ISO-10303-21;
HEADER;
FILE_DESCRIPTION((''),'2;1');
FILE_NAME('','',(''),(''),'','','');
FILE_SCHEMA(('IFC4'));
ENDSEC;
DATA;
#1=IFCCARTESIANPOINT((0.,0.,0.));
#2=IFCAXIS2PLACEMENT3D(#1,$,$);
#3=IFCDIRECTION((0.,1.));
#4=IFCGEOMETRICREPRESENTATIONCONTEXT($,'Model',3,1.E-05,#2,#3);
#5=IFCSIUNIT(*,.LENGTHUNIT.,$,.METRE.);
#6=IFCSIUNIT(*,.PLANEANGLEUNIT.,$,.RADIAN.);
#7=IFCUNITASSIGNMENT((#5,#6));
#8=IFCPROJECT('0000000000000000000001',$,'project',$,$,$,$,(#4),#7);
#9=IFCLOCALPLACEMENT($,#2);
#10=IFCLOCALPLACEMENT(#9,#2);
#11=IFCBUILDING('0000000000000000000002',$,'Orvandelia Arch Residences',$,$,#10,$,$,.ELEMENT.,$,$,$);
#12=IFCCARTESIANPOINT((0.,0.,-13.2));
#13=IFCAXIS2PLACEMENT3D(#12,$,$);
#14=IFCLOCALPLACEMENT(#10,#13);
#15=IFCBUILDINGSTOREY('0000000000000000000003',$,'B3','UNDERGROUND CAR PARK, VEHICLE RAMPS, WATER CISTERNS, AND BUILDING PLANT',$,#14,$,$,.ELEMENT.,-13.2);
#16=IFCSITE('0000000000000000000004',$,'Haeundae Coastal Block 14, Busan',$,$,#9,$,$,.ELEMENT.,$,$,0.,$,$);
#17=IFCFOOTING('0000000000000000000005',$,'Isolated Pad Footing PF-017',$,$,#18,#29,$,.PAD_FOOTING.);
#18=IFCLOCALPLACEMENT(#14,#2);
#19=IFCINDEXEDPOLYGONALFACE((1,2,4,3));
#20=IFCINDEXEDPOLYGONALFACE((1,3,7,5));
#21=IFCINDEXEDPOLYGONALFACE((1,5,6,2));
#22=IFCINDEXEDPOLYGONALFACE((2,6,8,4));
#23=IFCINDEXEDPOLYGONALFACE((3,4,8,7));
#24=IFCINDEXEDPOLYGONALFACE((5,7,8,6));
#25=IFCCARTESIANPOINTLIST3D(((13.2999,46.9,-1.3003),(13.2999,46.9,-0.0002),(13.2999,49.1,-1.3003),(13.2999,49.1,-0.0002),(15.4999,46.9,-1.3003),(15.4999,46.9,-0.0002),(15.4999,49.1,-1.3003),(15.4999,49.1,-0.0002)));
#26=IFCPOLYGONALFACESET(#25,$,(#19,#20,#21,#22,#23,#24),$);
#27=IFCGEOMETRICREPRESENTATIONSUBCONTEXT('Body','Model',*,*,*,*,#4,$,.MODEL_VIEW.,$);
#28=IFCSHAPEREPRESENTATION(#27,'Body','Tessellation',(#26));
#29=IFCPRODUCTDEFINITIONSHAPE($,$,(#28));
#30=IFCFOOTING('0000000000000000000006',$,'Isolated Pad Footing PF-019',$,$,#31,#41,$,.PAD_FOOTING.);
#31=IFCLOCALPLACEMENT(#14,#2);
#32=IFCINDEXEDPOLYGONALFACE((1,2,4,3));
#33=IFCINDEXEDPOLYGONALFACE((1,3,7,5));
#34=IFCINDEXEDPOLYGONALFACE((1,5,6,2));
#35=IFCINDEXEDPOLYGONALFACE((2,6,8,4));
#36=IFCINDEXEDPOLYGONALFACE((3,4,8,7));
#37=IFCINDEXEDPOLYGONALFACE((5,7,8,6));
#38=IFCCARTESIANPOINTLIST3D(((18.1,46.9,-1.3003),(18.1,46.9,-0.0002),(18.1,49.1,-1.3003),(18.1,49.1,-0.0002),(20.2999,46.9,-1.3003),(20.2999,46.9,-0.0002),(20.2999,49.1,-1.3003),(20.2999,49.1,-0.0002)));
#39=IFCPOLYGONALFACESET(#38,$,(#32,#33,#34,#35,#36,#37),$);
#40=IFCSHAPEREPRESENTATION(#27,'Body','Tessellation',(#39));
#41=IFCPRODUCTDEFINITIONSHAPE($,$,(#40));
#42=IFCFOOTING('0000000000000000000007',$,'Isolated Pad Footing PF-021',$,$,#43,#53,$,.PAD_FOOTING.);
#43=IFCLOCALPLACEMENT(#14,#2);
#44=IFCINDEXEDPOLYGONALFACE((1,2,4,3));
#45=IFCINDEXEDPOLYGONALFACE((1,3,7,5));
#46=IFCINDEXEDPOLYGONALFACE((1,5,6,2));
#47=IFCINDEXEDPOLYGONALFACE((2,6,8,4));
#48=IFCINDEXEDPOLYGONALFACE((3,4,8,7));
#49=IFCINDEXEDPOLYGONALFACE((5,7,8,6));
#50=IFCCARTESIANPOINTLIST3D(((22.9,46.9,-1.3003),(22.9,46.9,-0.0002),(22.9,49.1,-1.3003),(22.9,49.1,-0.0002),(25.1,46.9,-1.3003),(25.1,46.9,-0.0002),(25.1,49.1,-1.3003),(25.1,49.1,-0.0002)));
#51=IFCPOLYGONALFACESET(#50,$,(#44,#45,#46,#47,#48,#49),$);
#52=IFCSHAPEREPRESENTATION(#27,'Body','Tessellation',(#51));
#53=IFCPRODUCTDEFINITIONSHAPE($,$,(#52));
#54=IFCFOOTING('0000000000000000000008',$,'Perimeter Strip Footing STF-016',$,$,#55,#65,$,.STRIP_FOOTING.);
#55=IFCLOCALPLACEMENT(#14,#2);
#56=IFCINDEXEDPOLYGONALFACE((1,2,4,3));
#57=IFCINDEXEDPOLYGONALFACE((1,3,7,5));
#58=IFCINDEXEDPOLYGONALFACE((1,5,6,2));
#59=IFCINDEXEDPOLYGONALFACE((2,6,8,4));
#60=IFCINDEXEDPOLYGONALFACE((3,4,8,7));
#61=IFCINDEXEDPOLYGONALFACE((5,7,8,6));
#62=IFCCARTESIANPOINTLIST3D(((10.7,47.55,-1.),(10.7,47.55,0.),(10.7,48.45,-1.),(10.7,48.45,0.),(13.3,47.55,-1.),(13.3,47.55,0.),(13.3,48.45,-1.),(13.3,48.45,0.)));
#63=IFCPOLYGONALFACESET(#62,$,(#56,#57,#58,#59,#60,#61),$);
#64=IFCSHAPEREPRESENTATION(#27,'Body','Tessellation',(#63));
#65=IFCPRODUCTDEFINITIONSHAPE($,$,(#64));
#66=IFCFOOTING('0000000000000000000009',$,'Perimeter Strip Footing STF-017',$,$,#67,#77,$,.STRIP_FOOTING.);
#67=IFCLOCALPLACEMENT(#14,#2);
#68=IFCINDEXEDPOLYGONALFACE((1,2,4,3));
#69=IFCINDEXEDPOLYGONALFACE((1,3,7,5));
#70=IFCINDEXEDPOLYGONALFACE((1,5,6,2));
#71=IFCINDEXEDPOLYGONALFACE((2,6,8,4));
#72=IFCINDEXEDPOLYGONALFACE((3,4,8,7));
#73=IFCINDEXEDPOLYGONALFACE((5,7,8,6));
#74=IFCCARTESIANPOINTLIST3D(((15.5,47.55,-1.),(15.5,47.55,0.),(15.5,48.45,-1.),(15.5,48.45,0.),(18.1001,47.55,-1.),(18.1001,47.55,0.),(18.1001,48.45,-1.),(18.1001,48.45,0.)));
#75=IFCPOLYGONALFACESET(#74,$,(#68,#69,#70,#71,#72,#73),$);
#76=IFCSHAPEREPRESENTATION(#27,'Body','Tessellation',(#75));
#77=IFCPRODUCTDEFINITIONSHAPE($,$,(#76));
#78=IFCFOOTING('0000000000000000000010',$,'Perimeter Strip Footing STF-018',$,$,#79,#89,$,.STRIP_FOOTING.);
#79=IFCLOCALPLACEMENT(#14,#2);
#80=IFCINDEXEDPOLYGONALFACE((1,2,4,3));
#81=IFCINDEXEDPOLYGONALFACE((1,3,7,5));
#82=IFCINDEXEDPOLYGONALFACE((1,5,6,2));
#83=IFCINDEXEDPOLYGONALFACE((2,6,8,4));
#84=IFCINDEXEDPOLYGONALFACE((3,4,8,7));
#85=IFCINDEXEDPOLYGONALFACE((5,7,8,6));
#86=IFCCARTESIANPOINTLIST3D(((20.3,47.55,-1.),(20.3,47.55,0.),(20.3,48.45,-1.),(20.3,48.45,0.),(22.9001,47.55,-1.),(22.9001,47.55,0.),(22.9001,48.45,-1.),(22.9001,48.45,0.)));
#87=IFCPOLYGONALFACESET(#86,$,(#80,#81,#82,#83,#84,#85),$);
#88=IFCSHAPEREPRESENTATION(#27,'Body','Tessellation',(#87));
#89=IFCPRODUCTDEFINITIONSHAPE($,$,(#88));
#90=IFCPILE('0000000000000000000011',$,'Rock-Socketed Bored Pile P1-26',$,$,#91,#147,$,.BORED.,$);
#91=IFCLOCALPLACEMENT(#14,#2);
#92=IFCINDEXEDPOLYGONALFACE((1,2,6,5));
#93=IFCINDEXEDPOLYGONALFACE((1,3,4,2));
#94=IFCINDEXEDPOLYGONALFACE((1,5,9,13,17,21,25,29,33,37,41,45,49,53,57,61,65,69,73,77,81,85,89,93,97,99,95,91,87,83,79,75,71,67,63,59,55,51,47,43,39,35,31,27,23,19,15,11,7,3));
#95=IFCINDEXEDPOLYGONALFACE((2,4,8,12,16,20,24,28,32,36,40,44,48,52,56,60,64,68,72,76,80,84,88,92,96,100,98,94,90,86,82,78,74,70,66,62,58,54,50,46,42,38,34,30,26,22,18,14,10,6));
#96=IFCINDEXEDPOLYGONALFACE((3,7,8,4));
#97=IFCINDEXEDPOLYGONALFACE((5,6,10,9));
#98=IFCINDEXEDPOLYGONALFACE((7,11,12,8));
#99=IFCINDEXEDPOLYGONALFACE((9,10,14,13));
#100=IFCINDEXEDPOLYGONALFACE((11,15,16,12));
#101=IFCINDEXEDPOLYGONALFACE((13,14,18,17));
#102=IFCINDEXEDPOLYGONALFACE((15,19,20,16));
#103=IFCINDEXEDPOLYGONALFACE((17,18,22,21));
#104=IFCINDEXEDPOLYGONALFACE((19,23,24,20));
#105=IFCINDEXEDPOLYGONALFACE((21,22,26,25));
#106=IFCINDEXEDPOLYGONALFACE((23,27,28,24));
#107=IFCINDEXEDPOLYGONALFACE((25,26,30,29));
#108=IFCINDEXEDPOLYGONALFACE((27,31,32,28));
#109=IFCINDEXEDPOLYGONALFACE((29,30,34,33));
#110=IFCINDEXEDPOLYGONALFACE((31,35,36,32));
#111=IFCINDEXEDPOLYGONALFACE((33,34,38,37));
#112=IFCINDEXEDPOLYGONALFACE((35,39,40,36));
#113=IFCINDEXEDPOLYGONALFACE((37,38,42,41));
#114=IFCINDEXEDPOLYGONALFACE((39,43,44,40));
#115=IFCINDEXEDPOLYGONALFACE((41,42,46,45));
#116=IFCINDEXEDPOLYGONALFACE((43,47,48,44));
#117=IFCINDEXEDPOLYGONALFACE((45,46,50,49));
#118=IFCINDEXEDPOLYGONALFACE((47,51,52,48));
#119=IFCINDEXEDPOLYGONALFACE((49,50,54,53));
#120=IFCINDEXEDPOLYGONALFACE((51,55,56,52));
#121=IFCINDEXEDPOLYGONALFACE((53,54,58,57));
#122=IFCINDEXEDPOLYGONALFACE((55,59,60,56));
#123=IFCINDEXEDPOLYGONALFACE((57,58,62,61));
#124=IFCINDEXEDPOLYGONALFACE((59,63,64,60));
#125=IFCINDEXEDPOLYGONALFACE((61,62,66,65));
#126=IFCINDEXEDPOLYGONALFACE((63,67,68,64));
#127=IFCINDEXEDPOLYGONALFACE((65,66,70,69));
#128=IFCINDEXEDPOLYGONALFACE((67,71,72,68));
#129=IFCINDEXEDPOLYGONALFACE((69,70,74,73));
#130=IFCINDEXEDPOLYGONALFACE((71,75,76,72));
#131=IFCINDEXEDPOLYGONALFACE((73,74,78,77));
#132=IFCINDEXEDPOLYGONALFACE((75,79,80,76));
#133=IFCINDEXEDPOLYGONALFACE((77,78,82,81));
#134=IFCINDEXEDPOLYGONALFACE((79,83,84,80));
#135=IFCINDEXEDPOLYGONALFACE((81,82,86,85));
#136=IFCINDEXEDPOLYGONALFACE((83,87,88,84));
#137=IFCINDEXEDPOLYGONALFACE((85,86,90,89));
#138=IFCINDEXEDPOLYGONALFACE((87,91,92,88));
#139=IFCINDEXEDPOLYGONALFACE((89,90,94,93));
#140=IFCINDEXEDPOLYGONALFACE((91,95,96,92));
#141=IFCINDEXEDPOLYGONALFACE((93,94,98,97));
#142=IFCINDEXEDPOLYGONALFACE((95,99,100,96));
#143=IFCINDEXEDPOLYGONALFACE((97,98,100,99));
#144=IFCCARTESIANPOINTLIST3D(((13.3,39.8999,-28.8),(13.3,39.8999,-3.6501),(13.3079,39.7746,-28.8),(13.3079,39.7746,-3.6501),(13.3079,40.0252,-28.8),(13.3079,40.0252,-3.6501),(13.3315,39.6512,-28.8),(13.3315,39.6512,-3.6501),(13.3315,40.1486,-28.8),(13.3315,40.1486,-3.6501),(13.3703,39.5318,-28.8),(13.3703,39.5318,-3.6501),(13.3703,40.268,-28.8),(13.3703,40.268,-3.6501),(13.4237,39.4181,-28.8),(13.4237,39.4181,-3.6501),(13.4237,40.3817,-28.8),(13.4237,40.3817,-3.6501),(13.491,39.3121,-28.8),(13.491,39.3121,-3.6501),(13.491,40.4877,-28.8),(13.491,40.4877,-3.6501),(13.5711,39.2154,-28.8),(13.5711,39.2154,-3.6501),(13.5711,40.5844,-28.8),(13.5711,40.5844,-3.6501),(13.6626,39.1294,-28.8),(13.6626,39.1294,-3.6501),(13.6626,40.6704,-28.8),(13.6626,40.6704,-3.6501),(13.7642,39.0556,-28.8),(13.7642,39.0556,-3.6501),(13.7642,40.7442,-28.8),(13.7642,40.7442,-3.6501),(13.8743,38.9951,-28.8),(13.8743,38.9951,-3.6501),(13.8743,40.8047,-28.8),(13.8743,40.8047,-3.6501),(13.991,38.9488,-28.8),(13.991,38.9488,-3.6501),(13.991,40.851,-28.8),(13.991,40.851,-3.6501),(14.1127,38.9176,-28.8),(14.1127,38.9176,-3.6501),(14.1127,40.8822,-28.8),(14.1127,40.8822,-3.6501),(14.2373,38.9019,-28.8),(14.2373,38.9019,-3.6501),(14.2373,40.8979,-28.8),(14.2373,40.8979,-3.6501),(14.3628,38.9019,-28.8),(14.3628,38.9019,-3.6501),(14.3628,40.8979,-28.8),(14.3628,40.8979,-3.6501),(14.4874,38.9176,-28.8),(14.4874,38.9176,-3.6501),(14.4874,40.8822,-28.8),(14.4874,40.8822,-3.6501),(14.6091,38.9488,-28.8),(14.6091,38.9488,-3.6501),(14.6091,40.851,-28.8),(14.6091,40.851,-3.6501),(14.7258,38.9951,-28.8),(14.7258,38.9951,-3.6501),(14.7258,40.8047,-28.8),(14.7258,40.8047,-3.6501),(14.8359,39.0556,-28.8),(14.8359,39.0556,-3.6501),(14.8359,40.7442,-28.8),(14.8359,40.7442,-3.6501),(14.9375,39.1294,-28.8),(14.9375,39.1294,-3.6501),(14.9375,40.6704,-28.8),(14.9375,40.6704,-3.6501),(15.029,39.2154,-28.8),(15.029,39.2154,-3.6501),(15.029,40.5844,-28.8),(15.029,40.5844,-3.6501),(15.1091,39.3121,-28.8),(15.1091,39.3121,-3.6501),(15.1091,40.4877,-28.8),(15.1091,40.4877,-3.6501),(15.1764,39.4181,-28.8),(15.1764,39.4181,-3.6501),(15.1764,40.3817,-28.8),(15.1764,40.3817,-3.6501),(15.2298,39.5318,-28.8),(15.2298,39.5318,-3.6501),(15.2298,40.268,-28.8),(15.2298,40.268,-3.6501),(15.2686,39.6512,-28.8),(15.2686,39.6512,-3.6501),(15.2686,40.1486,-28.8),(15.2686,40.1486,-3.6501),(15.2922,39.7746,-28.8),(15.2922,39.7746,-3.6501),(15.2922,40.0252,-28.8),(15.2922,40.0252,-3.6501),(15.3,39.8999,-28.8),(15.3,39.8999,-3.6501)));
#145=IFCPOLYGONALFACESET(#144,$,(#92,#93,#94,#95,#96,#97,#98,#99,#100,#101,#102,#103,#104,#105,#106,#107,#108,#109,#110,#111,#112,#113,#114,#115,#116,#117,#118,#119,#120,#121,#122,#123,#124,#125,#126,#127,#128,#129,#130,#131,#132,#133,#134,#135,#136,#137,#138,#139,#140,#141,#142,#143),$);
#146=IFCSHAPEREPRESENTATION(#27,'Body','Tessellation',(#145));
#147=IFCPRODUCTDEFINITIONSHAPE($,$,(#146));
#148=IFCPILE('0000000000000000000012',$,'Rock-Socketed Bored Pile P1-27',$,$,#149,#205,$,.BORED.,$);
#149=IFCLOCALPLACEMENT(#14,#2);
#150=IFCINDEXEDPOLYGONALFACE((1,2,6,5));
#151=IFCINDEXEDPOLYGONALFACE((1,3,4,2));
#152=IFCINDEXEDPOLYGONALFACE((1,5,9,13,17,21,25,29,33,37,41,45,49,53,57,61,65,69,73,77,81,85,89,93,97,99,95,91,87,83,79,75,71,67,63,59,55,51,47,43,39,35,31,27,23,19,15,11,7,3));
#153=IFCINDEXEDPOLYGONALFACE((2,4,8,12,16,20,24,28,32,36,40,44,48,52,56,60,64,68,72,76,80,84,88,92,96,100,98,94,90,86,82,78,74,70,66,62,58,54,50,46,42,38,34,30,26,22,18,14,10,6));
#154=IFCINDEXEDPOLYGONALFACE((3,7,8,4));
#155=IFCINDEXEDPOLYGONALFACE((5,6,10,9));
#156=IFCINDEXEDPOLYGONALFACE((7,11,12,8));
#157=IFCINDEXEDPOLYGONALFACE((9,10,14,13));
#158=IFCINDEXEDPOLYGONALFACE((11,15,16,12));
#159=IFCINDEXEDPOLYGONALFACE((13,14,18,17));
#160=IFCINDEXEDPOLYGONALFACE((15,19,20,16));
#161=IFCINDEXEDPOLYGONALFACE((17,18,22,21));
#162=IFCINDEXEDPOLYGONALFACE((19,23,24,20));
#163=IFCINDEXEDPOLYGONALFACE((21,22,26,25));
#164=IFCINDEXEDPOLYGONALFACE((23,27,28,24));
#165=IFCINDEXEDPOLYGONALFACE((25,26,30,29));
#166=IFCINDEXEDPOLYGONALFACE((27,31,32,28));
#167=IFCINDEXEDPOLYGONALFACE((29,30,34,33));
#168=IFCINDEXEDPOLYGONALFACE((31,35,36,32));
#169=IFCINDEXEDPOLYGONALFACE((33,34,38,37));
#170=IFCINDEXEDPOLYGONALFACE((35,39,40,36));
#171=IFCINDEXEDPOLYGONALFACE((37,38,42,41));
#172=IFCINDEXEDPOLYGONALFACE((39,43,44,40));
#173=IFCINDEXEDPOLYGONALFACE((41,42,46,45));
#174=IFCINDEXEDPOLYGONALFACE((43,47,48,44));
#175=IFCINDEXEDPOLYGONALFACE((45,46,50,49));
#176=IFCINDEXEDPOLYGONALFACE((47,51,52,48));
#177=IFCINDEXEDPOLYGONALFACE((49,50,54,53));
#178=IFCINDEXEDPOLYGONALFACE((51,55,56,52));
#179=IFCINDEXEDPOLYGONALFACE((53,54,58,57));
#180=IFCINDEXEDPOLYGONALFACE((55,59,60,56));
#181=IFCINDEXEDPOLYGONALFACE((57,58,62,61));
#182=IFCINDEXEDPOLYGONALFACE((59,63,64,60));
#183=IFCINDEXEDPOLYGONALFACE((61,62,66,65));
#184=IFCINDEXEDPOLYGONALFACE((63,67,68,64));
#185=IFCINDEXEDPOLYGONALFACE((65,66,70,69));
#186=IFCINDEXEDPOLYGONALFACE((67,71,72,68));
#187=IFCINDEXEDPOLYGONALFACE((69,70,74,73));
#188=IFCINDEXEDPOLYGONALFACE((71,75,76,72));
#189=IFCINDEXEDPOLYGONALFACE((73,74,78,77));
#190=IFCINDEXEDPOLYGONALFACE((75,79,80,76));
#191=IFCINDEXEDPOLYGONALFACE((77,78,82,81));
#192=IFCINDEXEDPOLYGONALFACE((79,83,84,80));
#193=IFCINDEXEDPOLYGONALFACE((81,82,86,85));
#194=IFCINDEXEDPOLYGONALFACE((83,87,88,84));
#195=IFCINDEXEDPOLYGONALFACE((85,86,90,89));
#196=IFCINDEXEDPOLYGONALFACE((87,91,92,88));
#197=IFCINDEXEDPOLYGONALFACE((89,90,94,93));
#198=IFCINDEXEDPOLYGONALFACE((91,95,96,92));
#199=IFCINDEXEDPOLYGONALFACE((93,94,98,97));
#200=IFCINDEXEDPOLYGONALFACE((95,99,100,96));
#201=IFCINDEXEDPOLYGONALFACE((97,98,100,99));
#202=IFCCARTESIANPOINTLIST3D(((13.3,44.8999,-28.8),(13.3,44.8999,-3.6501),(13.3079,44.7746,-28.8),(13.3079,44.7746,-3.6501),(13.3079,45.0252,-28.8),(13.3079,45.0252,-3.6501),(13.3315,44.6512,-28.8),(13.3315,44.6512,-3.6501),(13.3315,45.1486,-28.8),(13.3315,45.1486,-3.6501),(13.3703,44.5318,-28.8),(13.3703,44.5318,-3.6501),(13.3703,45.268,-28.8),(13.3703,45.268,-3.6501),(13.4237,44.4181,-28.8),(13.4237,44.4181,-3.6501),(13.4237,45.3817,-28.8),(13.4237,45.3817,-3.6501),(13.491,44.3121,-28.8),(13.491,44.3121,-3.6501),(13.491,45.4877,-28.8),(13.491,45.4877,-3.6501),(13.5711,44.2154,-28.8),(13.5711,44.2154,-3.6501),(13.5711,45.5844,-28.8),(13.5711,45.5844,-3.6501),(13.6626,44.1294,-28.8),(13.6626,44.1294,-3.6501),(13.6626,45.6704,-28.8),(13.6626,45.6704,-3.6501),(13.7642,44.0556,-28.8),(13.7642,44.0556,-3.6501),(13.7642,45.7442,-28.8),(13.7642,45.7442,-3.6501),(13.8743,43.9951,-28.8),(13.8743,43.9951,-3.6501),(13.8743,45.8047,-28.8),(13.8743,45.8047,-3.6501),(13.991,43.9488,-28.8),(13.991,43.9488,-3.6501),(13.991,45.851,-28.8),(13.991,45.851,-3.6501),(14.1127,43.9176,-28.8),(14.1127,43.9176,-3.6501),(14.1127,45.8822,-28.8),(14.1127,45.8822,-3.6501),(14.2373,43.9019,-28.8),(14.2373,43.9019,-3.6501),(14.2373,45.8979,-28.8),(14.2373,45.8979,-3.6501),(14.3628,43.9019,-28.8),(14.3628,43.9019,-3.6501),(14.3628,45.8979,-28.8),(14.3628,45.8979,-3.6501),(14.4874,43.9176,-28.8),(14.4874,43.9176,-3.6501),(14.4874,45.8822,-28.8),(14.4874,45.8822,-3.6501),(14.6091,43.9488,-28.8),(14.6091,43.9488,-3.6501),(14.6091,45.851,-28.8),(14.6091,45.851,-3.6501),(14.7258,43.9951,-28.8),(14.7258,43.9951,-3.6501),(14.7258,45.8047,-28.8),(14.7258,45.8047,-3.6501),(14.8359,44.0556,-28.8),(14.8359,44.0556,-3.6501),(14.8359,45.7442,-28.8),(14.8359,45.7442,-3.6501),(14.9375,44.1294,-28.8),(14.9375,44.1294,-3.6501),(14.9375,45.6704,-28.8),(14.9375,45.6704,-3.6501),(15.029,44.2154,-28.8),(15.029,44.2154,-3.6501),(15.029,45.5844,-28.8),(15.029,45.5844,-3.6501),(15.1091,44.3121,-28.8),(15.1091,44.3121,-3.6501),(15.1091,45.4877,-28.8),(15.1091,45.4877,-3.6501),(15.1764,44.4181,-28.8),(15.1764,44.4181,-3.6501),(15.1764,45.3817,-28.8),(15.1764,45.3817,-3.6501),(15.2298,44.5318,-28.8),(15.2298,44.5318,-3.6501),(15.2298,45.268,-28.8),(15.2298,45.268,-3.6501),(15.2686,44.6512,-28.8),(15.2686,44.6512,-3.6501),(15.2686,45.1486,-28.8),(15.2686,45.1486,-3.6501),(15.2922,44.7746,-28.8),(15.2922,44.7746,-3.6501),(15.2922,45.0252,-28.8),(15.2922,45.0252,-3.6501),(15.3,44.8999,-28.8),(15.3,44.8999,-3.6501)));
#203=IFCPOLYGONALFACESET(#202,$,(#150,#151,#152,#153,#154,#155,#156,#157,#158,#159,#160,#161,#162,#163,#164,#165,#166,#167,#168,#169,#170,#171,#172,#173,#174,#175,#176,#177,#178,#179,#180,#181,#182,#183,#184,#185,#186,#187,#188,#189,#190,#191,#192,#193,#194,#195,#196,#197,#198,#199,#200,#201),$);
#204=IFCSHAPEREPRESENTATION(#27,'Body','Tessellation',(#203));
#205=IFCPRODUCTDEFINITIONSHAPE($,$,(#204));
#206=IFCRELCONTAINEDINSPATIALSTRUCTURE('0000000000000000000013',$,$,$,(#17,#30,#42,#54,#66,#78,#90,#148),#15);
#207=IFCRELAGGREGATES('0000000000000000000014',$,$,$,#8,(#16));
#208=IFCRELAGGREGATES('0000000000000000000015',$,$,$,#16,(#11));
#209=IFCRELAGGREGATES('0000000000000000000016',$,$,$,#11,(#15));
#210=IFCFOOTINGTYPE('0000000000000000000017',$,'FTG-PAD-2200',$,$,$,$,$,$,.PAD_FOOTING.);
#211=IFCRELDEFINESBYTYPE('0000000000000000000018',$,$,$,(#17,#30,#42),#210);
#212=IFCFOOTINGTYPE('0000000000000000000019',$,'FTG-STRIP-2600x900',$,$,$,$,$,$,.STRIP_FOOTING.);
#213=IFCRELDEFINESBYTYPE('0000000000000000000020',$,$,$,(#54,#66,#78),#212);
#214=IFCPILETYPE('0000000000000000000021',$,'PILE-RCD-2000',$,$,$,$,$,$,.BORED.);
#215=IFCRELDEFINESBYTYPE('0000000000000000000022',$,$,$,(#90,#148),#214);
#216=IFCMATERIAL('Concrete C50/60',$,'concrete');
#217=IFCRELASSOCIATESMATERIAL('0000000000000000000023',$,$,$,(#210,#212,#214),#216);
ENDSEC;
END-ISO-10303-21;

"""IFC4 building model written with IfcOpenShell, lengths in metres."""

from ifc_helpers import new_model, si_unit, direction, frame, origin, origin_2d, place, context, subcontext, project, spatial, rectangle, circle, extrude, material, material_profile, profile_set, type_object, element, save


model = new_model("IFC4")

# Units and contexts
model_context = context("Model", 3, precision=1e-05, world=origin(), true_north=direction((0.0, 1.0)))
body_context = subcontext(model_context, "Body", "Model", "MODEL_VIEW")
ifc_project = project(units=[si_unit("LENGTHUNIT", "METRE"), si_unit("PLANEANGLEUNIT", "RADIAN")], contexts=[model_context])

# Site, building, storey
site_placement = place(None, origin())
site = spatial("IfcSite", under=ifc_project, at=site_placement, Name="Haeundae Coastal Block 14, Busan", CompositionType="ELEMENT", RefElevation=0.0)
building_placement = place(site_placement, origin())
building = spatial("IfcBuilding", under=site, at=building_placement, Name="Orvandelia Arch Residences", CompositionType="ELEMENT")
storey_placement = place(building_placement, frame((0.0, 0.0, -13.2)))
storey = spatial("IfcBuildingStorey", under=building, at=storey_placement, Name="B3", Description="UNDERGROUND CAR PARK, VEHICLE RAMPS, WATER CISTERNS, AND BUILDING PLANT", CompositionType="ELEMENT", Elevation=-13.2)

# Footings
ifc_material_1 = material(Name="Concrete C50/60", Category="concrete")
footing_type_1 = type_object("IfcFootingType", Name="FTG-PAD-2200", PredefinedType="PAD_FOOTING", material=ifc_material_1)
for number, where, z_axis, x_axis, name in (
    (1, (14.3999, 48.0, -1.3003), (0.0, 0.0, 1.0), (1.0, 0.0, 0.0), "Isolated Pad Footing PF-017"),
    (2, (19.2, 48.0, -1.3003), (0.0, 0.0, 1.0), (1.0, 0.0, 0.0), "Isolated Pad Footing PF-019"),
    (3, (24.0, 48.0, -1.3003), (0.0, 0.0, 1.0), (1.0, 0.0, 0.0), "Isolated Pad Footing PF-021"),
):
    element("IfcFooting", number, at=place(storey_placement, frame(where, z_axis=z_axis, x_axis=x_axis)), inside=storey, type_object=footing_type_1, Name=name, PredefinedType="PAD_FOOTING", context=body_context, shape_type="SweptSolid", body=[
        extrude(rectangle(XDim=2.2, YDim=2.2, at=origin_2d()), origin(), (0.0, 0.0, 1.0), 1.3),
    ])
footing_type_2 = type_object("IfcFootingType", Name="FTG-STRIP-2600x900", PredefinedType="STRIP_FOOTING", material=ifc_material_1)
for number, where, z_axis, x_axis, name in (
    (4, (12.0, 48.0, -1.0), (0.0, 0.0, 1.0), (1.0, 0.0, 0.0), "Perimeter Strip Footing STF-016"),
    (5, (16.8, 48.0, -1.0), (0.0, 0.0, 1.0), (1.0, 0.0, 0.0), "Perimeter Strip Footing STF-017"),
    (6, (21.6001, 48.0, -1.0), (0.0, 0.0, 1.0), (1.0, 0.0, 0.0), "Perimeter Strip Footing STF-018"),
):
    element("IfcFooting", number, at=place(storey_placement, frame(where, z_axis=z_axis, x_axis=x_axis)), inside=storey, type_object=footing_type_2, Name=name, PredefinedType="STRIP_FOOTING", context=body_context, shape_type="SweptSolid", body=[
        extrude(rectangle(XDim=2.6001, YDim=0.8999, at=origin_2d()), origin(), (0.0, 0.0, 1.0), 1.0),
    ])

# Piles
ifc_material_profile_1 = material_profile(ifc_material_1, circle(Radius=1.0, at=origin_2d()), Name="Concrete C50/60", Category="concrete")
ifc_profile_set_1 = profile_set([ifc_material_profile_1], Name="Concrete C50/60")
pile_type = type_object("IfcPileType", Name="PILE-RCD-2000", PredefinedType="BORED", material=ifc_profile_set_1)
for number, where, z_axis, x_axis, name in (
    (7, (14.3, 39.8999, -3.6501), (0.0, 0.0, -1.0), (1.0, 0.0, 0.0), "Rock-Socketed Bored Pile P1-26"),
    (8, (14.3, 44.8999, -3.6501), (0.0, 0.0, -1.0), (1.0, 0.0, 0.0), "Rock-Socketed Bored Pile P1-27"),
):
    element("IfcPile", number, at=place(storey_placement, frame(where, z_axis=z_axis, x_axis=x_axis)), inside=storey, type_object=pile_type, Name=name, PredefinedType="BORED", context=body_context, shape_type="SweptSolid", body=[
        extrude(circle(Radius=1.0, at=origin_2d()), origin(), (0.0, 0.0, 1.0), 25.1499),
    ])

save(model, "model.ifc")
